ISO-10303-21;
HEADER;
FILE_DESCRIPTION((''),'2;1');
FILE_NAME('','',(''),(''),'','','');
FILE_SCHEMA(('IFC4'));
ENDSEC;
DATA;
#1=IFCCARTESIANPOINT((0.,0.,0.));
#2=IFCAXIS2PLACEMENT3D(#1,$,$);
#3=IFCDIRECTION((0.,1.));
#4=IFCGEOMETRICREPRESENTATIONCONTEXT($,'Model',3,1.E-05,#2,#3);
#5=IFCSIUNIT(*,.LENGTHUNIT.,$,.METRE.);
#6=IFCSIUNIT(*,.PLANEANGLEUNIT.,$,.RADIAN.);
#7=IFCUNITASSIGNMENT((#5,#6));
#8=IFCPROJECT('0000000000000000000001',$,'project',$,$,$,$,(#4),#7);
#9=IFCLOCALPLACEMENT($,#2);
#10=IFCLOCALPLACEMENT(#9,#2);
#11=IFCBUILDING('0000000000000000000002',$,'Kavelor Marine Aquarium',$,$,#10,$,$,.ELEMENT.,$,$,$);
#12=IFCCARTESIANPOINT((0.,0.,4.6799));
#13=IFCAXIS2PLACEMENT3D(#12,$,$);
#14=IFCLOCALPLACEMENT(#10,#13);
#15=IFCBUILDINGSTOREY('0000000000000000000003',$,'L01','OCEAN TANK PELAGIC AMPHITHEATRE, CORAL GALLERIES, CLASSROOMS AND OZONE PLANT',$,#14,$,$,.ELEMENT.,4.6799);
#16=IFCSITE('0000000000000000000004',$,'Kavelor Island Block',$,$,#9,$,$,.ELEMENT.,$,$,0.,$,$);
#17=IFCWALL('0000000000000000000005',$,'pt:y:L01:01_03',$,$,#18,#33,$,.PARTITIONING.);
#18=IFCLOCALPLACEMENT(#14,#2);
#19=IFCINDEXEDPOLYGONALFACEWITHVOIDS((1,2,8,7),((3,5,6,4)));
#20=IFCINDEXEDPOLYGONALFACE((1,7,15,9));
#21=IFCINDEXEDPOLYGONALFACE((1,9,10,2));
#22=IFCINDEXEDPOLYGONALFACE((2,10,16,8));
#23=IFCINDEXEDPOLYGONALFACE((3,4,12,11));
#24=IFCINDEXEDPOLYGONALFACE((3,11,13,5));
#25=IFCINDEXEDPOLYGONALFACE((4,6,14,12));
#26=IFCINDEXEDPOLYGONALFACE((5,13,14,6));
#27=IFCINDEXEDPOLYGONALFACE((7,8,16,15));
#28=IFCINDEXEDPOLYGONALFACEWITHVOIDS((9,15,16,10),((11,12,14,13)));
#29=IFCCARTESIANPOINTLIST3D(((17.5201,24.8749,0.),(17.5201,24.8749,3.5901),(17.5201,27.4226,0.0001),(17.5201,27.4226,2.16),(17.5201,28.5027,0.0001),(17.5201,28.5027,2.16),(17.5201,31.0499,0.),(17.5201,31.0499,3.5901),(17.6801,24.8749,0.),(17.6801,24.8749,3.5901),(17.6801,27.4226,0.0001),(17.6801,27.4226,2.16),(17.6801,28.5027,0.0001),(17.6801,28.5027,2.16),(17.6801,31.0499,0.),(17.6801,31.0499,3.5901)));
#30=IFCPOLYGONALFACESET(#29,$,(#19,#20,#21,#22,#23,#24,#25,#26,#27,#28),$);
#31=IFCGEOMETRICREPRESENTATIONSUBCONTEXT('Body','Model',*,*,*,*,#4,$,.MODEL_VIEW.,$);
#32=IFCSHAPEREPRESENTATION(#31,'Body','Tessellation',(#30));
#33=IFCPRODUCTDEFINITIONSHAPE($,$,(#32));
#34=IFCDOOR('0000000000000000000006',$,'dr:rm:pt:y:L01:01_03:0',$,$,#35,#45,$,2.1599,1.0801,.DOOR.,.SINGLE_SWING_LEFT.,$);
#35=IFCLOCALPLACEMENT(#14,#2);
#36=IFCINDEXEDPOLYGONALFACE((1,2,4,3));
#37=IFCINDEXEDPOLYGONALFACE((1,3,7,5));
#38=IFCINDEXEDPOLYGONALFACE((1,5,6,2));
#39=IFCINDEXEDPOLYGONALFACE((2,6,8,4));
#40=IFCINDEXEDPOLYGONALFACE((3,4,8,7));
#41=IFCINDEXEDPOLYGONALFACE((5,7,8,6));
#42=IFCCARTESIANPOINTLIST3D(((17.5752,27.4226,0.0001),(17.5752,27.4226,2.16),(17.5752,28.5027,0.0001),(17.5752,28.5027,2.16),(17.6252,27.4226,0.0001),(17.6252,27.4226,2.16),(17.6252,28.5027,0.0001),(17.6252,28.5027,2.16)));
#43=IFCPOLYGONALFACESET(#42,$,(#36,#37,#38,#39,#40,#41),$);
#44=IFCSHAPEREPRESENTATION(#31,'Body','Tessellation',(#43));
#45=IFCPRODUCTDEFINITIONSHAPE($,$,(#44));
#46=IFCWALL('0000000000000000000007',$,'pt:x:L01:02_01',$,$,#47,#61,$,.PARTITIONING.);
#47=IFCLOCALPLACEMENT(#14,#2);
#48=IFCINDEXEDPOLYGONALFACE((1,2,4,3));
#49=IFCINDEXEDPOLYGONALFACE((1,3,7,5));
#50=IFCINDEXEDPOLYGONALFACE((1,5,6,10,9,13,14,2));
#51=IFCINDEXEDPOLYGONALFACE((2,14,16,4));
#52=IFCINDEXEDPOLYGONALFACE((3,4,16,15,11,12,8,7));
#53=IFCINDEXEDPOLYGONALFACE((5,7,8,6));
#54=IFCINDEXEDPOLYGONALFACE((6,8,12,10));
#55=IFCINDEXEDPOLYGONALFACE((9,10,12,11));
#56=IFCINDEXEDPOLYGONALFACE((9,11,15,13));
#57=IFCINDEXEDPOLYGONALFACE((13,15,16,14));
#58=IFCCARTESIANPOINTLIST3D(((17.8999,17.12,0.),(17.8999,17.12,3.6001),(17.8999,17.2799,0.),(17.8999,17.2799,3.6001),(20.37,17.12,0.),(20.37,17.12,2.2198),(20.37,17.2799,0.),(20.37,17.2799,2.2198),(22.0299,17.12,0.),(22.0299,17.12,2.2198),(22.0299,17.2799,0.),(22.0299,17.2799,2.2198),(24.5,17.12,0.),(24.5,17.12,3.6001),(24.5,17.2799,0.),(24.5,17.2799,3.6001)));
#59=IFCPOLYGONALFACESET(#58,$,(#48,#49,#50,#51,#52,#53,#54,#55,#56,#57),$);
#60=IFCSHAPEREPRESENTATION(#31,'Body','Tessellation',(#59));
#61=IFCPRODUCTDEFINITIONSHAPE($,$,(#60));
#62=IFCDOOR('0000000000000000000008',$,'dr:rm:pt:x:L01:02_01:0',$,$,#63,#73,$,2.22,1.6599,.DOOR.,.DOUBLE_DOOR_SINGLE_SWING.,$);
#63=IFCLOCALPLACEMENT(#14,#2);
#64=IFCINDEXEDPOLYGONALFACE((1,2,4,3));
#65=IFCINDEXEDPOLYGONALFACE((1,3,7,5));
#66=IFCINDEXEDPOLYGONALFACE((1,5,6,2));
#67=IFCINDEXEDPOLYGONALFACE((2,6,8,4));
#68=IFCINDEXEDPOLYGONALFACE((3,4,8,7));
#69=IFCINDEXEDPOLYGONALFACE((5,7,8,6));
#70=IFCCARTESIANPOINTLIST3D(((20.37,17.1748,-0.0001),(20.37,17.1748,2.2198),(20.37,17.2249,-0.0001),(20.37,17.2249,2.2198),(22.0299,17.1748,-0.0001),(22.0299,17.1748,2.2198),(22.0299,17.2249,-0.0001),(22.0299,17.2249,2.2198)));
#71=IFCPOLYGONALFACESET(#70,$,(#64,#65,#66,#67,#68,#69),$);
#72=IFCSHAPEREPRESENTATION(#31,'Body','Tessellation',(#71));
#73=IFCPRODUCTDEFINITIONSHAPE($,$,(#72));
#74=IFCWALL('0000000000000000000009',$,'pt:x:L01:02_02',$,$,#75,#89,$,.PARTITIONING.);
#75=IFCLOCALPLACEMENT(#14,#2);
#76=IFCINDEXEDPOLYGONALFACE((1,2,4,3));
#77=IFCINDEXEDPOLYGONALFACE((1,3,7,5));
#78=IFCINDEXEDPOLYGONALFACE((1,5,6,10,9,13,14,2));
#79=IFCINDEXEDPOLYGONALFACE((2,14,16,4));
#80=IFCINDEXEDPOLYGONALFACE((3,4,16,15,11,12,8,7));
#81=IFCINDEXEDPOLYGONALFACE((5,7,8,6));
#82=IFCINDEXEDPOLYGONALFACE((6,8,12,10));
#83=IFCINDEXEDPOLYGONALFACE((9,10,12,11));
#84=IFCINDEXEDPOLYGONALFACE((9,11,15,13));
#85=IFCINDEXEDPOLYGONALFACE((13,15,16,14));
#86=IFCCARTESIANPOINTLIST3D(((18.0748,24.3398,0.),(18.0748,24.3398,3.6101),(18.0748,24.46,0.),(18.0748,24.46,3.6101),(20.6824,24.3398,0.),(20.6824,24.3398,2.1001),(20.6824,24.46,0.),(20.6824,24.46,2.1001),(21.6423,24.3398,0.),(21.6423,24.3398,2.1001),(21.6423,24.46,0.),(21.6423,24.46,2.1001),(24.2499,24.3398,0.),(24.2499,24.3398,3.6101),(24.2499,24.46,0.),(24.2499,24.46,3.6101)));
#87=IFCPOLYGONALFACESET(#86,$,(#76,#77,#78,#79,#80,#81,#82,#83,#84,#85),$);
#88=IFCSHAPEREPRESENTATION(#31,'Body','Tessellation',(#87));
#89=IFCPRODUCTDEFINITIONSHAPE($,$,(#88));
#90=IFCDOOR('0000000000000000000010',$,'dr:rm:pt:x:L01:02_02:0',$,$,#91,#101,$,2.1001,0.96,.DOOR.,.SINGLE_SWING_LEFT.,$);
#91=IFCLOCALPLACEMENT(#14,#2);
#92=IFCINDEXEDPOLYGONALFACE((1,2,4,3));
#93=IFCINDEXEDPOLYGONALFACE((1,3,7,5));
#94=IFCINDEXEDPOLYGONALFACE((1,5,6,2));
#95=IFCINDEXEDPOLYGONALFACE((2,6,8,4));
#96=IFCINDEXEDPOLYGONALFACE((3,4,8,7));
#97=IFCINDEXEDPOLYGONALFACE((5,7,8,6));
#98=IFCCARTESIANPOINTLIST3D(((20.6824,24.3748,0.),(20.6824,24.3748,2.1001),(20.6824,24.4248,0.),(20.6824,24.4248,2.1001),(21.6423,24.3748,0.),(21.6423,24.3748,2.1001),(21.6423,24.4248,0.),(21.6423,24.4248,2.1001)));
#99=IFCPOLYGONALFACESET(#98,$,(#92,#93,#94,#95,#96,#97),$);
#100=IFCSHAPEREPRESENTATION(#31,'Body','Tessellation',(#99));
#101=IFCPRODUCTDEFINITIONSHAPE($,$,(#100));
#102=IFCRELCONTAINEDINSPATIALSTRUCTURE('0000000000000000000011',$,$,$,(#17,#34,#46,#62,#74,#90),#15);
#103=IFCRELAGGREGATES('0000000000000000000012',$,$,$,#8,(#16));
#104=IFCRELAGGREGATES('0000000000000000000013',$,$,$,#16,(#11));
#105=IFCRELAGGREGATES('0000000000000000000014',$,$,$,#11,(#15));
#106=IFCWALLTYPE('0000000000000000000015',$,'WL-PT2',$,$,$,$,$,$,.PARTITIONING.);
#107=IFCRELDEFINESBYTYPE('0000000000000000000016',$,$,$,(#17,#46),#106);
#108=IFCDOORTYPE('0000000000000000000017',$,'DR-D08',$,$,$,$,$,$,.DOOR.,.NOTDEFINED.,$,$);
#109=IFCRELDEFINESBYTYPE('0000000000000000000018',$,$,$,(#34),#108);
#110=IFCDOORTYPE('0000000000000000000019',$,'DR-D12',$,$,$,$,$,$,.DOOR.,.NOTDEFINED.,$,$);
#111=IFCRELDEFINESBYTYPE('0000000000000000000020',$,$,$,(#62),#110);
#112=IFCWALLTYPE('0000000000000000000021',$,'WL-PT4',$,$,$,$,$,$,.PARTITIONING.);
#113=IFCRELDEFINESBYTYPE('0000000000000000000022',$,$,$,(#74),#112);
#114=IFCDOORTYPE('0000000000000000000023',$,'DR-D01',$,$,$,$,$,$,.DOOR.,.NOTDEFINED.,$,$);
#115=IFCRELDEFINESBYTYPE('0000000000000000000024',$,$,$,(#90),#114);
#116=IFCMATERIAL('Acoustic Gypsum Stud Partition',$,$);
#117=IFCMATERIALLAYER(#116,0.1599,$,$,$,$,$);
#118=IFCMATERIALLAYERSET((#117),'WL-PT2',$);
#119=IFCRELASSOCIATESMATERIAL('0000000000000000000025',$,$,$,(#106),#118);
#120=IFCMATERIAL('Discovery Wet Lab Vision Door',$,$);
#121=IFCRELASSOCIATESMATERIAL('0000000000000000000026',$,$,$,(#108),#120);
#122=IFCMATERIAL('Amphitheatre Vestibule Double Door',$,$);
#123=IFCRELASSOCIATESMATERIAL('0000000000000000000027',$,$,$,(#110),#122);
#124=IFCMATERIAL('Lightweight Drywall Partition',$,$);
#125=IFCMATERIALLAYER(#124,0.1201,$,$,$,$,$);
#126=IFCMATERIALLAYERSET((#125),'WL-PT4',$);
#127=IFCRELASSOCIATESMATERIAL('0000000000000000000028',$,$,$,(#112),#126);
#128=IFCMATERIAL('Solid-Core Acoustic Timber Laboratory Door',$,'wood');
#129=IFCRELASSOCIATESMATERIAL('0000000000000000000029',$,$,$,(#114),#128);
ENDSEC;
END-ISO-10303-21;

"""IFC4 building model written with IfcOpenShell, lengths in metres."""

from ifc_helpers import new_model, si_unit, direction, frame, frame_2d, origin, place, context, subcontext, project, spatial, rectangle, extrude, material, layer, layer_set, type_object, element, fill, save


model = new_model("IFC4")

# Units and contexts
model_context = context("Model", 3, precision=1e-05, world=origin(), true_north=direction((0.0, 1.0)))
body_context = subcontext(model_context, "Body", "Model", "MODEL_VIEW")
ifc_project = project(units=[si_unit("LENGTHUNIT", "METRE"), si_unit("PLANEANGLEUNIT", "RADIAN")], contexts=[model_context])

# Site, building, storey
site_placement = place(None, origin())
site = spatial("IfcSite", under=ifc_project, at=site_placement, Name="Kavelor Island Block", CompositionType="ELEMENT", RefElevation=0.0)
building_placement = place(site_placement, origin())
building = spatial("IfcBuilding", under=site, at=building_placement, Name="Kavelor Marine Aquarium", CompositionType="ELEMENT")
storey_placement = place(building_placement, frame((0.0, 0.0, 4.6799)))
storey = spatial("IfcBuildingStorey", under=building, at=storey_placement, Name="L01", Description="OCEAN TANK PELAGIC AMPHITHEATRE, CORAL GALLERIES, CLASSROOMS AND OZONE PLANT", CompositionType="ELEMENT", Elevation=4.6799)

# Walls, openings, doors
ifc_material_1 = material(Name="Acoustic Gypsum Stud Partition")
ifc_layer_1 = layer(ifc_material_1, 0.1599)
ifc_layer_set_1 = layer_set([ifc_layer_1], Name="WL-PT2")
wall_type_1 = type_object("IfcWallType", Name="WL-PT2", PredefinedType="PARTITIONING", material=ifc_layer_set_1)
wall_1_placement = place(storey_placement, frame((17.6001, 24.875, 0.0), z_axis=(0.0, 0.0, 1.0), x_axis=(0.0, 1.0, 0.0)))
wall_1 = element("IfcWall", 1, at=wall_1_placement, inside=storey, type_object=wall_type_1, Name="pt:y:L01:01_03", PredefinedType="PARTITIONING", context=body_context, shape_type="SweptSolid", body=[
    extrude(rectangle(XDim=6.175, YDim=0.1599, at=frame_2d((3.0874, 0.0))), origin(), (0.0, 0.0, 1.0), 3.5901),
])
opening_1_placement = place(wall_1_placement, frame((2.5476, 0.0, 0.0)))
opening_1 = element("IfcOpeningElement", 2, at=opening_1_placement, cuts=wall_1, PredefinedType="OPENING", context=body_context, shape_type="SweptSolid", body=[
    extrude(rectangle(XDim=1.0801, YDim=2.1599, at=frame_2d((0.54, 1.0801))), frame((0.0, 0.0898, 0.0), z_axis=(0.0, -1.0, 0.0), x_axis=(1.0, 0.0, 0.0)), (0.0, 0.0, 1.0), 0.1799),
])
ifc_material_2 = material(Name="Discovery Wet Lab Vision Door")
door_type_1 = type_object("IfcDoorType", Name="DR-D08", OperationType="NOTDEFINED", PredefinedType="DOOR", material=ifc_material_2)
door_1_placement = place(opening_1_placement, origin())
door_1 = element("IfcDoor", 3, at=door_1_placement, inside=storey, type_object=door_type_1, Name="dr:rm:pt:y:L01:01_03:0", OperationType="SINGLE_SWING_LEFT", OverallHeight=2.1599, OverallWidth=1.0801, PredefinedType="DOOR", context=body_context, shape_type="SweptSolid", body=[
    extrude(rectangle(XDim=1.0801, YDim=2.1599, at=frame_2d((0.54, 1.0801))), frame((0.0, 0.0249, 0.0), z_axis=(0.0, -1.0, 0.0), x_axis=(1.0, 0.0, 0.0)), (0.0, 0.0, 1.0), 0.05),
])
fill(opening_1, door_1)
wall_2_placement = place(storey_placement, frame((17.8999, 17.2, 0.0), z_axis=(0.0, 0.0, 1.0), x_axis=(1.0, 0.0, 0.0)))
wall_2 = element("IfcWall", 4, at=wall_2_placement, inside=storey, type_object=wall_type_1, Name="pt:x:L01:02_01", PredefinedType="PARTITIONING", context=body_context, shape_type="SweptSolid", body=[
    extrude(rectangle(XDim=6.6001, YDim=0.1599, at=frame_2d((3.3, 0.0))), origin(), (0.0, 0.0, 1.0), 3.6001),
])
opening_2_placement = place(wall_2_placement, frame((2.47, 0.0, 0.0)))
opening_2 = element("IfcOpeningElement", 5, at=opening_2_placement, cuts=wall_2, PredefinedType="OPENING", context=body_context, shape_type="SweptSolid", body=[
    extrude(rectangle(XDim=1.6599, YDim=2.22, at=frame_2d((0.8301, 1.1099))), frame((0.0, 0.0898, 0.0), z_axis=(0.0, -1.0, 0.0), x_axis=(1.0, 0.0, 0.0)), (0.0, 0.0, 1.0), 0.1799),
])
ifc_material_3 = material(Name="Amphitheatre Vestibule Double Door")
door_type_2 = type_object("IfcDoorType", Name="DR-D12", OperationType="NOTDEFINED", PredefinedType="DOOR", material=ifc_material_3)
door_2_placement = place(opening_2_placement, origin())
door_2 = element("IfcDoor", 6, at=door_2_placement, inside=storey, type_object=door_type_2, Name="dr:rm:pt:x:L01:02_01:0", OperationType="DOUBLE_DOOR_SINGLE_SWING", OverallHeight=2.22, OverallWidth=1.6599, PredefinedType="DOOR", context=body_context, shape_type="SweptSolid", body=[
    extrude(rectangle(XDim=1.6599, YDim=2.22, at=frame_2d((0.8301, 1.1099))), frame((0.0, 0.0249, 0.0), z_axis=(0.0, -1.0, 0.0), x_axis=(1.0, 0.0, 0.0)), (0.0, 0.0, 1.0), 0.05),
])
fill(opening_2, door_2)
ifc_material_4 = material(Name="Lightweight Drywall Partition")
ifc_layer_2 = layer(ifc_material_4, 0.1201)
ifc_layer_set_2 = layer_set([ifc_layer_2], Name="WL-PT4")
wall_type_2 = type_object("IfcWallType", Name="WL-PT4", PredefinedType="PARTITIONING", material=ifc_layer_set_2)
wall_3_placement = place(storey_placement, frame((18.075, 24.3999, 0.0), z_axis=(0.0, 0.0, 1.0), x_axis=(1.0, 0.0, 0.0)))
wall_3 = element("IfcWall", 7, at=wall_3_placement, inside=storey, type_object=wall_type_2, Name="pt:x:L01:02_02", PredefinedType="PARTITIONING", context=body_context, shape_type="SweptSolid", body=[
    extrude(rectangle(XDim=6.175, YDim=0.1201, at=frame_2d((3.0874, 0.0))), origin(), (0.0, 0.0, 1.0), 3.6101),
])
opening_3_placement = place(wall_3_placement, frame((2.6074, 0.0, 0.0)))
opening_3 = element("IfcOpeningElement", 8, at=opening_3_placement, cuts=wall_3, PredefinedType="OPENING", context=body_context, shape_type="SweptSolid", body=[
    extrude(rectangle(XDim=0.96, YDim=2.1001, at=frame_2d((0.48, 1.05))), frame((0.0, 0.0701, 0.0), z_axis=(0.0, -1.0, 0.0), x_axis=(1.0, 0.0, 0.0)), (0.0, 0.0, 1.0), 0.1401),
])
ifc_material_5 = material(Name="Solid-Core Acoustic Timber Laboratory Door", Category="wood")
door_type_3 = type_object("IfcDoorType", Name="DR-D01", OperationType="NOTDEFINED", PredefinedType="DOOR", material=ifc_material_5)
door_3_placement = place(opening_3_placement, origin())
door_3 = element("IfcDoor", 9, at=door_3_placement, inside=storey, type_object=door_type_3, Name="dr:rm:pt:x:L01:02_02:0", OperationType="SINGLE_SWING_LEFT", OverallHeight=2.1001, OverallWidth=0.96, PredefinedType="DOOR", context=body_context, shape_type="SweptSolid", body=[
    extrude(rectangle(XDim=0.96, YDim=2.1001, at=frame_2d((0.48, 1.05))), frame((0.0, 0.0249, 0.0), z_axis=(0.0, -1.0, 0.0), x_axis=(1.0, 0.0, 0.0)), (0.0, 0.0, 1.0), 0.05),
])
fill(opening_3, door_3)

save(model, "model.ifc")
